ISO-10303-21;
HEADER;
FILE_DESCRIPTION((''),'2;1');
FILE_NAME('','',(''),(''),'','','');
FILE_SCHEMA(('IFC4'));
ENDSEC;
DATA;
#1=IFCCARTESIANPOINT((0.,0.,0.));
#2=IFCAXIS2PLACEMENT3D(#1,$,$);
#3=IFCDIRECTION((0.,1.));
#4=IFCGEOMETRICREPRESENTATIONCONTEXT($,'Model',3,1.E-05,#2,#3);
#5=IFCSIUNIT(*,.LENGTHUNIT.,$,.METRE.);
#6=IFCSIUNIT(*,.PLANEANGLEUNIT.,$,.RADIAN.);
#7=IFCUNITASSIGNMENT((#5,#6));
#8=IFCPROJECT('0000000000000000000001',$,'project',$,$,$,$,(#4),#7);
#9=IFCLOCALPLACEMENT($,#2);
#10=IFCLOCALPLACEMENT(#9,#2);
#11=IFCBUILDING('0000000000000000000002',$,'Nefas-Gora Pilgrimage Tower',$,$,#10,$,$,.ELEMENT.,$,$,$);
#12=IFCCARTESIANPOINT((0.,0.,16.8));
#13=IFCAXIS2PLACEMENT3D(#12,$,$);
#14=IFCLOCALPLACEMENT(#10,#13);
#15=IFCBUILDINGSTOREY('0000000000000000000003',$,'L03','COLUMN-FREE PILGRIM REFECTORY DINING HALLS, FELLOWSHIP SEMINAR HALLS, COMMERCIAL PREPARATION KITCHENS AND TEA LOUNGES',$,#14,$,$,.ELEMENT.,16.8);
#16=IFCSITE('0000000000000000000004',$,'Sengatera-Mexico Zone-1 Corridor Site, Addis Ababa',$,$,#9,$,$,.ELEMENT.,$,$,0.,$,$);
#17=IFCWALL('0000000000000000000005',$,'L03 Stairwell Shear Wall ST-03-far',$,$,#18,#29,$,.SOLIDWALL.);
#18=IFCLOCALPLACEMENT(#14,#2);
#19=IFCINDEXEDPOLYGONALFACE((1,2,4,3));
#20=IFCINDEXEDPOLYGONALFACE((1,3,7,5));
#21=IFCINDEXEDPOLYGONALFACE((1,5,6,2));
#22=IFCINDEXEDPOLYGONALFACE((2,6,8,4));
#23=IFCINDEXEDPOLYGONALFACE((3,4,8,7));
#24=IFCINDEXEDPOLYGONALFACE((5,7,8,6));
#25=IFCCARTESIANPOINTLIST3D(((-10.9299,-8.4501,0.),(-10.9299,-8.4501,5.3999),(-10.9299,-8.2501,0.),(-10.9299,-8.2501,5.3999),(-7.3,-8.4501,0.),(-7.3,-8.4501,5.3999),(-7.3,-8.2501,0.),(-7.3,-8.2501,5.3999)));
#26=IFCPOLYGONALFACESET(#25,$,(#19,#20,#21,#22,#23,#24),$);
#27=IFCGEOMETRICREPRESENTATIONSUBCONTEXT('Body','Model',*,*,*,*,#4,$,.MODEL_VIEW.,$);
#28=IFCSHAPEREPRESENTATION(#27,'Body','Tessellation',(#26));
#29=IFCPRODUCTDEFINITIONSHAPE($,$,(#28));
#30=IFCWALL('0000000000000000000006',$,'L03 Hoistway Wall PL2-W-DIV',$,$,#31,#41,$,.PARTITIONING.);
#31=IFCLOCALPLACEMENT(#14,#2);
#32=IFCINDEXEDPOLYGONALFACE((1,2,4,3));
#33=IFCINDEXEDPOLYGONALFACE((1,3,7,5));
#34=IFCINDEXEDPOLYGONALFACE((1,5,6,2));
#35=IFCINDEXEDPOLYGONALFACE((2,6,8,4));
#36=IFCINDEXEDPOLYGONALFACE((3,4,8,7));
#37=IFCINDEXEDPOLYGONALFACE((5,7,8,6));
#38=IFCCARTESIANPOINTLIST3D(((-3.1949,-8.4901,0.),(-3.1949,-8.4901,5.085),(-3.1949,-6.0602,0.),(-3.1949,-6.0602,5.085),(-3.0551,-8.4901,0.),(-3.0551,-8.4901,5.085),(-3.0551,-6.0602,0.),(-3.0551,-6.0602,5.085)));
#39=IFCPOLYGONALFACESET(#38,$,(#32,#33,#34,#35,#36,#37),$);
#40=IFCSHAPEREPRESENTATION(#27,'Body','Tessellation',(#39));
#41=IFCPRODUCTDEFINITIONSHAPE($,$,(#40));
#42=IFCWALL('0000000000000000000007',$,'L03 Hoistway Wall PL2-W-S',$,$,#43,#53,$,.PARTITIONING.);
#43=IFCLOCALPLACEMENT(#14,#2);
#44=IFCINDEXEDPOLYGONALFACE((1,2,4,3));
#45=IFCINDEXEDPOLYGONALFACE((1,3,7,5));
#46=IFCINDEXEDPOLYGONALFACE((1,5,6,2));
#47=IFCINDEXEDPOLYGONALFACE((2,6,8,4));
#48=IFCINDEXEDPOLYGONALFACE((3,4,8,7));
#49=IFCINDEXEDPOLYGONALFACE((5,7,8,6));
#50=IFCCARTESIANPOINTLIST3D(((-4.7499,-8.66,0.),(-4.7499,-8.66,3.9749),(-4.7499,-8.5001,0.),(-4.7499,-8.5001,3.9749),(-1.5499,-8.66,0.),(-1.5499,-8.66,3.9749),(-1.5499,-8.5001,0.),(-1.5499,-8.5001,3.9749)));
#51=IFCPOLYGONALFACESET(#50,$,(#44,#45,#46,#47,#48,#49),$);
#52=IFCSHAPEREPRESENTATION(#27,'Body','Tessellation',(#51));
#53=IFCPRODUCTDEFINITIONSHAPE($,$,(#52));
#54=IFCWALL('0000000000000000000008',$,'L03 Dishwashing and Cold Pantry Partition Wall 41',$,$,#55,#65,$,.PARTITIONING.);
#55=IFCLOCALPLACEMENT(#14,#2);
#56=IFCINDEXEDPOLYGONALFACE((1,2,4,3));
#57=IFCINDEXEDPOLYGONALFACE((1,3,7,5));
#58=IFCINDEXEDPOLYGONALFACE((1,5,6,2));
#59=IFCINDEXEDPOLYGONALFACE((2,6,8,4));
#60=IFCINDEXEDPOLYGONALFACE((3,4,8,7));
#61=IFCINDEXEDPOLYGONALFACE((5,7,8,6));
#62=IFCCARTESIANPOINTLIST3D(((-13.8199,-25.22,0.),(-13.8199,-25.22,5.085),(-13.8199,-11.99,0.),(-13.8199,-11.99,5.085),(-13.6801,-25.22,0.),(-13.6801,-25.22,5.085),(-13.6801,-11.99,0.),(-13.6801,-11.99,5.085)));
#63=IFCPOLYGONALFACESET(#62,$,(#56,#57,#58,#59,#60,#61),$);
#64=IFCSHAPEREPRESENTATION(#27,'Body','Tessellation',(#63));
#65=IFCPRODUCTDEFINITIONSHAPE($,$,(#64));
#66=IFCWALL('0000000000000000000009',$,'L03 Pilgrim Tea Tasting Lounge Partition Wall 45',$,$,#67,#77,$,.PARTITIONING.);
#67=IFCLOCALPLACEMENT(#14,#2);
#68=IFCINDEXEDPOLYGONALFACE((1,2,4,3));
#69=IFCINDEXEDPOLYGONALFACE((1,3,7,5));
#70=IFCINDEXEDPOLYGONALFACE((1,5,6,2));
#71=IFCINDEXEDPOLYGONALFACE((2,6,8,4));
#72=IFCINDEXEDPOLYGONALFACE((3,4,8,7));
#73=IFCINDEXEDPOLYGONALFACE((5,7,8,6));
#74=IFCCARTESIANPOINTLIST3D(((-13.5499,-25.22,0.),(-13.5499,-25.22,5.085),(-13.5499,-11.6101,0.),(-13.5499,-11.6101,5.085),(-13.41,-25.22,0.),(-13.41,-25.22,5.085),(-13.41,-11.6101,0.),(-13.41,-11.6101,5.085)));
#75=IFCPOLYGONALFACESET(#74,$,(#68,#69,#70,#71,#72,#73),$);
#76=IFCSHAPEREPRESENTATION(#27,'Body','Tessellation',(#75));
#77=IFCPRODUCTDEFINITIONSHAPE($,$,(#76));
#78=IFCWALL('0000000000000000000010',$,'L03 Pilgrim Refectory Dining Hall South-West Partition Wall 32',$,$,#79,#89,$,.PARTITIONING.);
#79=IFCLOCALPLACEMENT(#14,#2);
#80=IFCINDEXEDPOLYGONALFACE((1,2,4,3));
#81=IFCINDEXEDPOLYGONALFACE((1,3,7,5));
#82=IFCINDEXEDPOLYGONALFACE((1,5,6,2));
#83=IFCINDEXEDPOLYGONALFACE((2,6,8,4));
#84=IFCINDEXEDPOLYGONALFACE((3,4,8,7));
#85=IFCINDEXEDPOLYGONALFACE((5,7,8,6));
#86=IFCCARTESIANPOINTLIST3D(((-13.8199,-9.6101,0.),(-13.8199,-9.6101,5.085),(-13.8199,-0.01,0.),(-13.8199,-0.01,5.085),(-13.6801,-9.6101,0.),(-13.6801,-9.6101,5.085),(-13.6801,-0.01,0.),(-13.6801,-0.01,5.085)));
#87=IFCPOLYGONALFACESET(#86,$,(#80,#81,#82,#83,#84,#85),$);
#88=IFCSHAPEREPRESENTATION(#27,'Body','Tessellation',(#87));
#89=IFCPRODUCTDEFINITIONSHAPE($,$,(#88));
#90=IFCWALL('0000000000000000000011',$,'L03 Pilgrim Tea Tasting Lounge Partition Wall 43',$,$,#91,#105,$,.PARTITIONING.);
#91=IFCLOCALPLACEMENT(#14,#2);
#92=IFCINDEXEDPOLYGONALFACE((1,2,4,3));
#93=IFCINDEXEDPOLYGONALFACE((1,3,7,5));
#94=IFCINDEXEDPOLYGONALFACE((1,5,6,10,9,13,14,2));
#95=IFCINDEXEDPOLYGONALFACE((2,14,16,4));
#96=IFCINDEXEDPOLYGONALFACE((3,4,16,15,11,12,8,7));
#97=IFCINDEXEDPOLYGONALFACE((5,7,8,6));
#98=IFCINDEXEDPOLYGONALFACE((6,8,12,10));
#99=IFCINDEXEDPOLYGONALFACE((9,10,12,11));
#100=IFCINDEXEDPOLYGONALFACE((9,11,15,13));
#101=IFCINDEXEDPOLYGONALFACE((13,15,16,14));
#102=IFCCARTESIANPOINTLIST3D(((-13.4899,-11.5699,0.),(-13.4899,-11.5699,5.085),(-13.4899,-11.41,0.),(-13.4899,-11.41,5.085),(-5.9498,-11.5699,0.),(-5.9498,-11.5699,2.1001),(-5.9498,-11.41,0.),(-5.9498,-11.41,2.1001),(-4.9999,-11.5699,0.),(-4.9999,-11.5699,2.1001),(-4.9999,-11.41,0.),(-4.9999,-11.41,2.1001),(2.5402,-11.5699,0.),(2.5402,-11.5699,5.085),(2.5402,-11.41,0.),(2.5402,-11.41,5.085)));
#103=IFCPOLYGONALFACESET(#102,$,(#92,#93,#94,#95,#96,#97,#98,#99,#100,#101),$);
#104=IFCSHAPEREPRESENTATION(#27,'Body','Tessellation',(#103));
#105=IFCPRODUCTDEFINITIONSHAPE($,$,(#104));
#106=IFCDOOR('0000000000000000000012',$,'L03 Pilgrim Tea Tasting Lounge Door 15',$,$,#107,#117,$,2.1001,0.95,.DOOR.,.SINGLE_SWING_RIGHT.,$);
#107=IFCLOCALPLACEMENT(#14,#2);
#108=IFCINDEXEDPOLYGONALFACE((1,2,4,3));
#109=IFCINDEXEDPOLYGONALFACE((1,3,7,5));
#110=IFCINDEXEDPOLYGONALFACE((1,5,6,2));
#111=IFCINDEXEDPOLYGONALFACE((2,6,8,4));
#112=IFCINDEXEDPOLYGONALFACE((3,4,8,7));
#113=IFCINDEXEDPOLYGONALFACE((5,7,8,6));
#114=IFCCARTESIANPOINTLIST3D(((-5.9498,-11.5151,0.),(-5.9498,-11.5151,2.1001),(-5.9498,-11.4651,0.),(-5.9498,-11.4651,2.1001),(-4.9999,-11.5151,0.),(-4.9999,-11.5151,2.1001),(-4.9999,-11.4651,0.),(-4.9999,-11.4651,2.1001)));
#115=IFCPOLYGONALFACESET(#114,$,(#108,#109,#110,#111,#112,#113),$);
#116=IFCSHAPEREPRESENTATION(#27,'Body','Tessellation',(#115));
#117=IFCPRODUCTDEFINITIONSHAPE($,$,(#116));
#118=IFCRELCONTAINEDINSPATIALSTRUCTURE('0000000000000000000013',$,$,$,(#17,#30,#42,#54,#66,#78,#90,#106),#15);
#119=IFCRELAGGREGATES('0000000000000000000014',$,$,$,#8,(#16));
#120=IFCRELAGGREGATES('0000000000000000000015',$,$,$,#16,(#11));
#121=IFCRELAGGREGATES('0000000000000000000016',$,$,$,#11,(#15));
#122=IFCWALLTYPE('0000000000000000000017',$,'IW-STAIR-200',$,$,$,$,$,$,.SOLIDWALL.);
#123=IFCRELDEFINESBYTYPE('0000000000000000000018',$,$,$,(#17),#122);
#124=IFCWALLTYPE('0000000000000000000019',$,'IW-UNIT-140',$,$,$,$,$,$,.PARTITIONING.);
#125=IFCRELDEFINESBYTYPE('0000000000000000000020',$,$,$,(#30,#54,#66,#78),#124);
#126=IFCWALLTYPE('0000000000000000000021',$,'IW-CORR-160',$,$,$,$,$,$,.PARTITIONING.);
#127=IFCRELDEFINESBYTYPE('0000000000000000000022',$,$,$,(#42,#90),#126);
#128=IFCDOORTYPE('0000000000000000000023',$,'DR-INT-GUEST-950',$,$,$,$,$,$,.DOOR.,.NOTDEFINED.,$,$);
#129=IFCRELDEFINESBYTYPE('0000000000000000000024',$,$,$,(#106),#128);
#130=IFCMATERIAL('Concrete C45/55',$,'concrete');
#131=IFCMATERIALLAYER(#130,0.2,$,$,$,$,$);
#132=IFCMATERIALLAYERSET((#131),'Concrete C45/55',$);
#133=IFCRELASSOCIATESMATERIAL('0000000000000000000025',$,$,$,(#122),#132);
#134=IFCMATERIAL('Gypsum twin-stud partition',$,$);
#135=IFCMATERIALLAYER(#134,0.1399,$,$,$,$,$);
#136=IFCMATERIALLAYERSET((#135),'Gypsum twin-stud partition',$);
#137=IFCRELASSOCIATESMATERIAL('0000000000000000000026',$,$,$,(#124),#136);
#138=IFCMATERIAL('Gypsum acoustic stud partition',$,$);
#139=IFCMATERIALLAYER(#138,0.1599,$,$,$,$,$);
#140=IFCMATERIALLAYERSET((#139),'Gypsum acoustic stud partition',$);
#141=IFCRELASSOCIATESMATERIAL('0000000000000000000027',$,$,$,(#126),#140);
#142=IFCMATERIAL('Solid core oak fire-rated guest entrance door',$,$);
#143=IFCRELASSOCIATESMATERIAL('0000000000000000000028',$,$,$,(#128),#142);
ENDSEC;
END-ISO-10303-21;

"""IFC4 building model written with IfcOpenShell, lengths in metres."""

from ifc_helpers import new_model, si_unit, direction, frame, frame_2d, origin, place, context, subcontext, project, spatial, rectangle, extrude, source, transform, mapped, material, layer, layer_set, type_object, element, fill, save


model = new_model("IFC4")

# Units and contexts
model_context = context("Model", 3, precision=1e-05, world=origin(), true_north=direction((0.0, 1.0)))
body_context = subcontext(model_context, "Body", "Model", "MODEL_VIEW")
ifc_project = project(units=[si_unit("LENGTHUNIT", "METRE"), si_unit("PLANEANGLEUNIT", "RADIAN")], contexts=[model_context])

# Site, building, storey
site_placement = place(None, origin())
site = spatial("IfcSite", under=ifc_project, at=site_placement, Name="Sengatera-Mexico Zone-1 Corridor Site, Addis Ababa", CompositionType="ELEMENT", RefElevation=0.0)
building_placement = place(site_placement, origin())
building = spatial("IfcBuilding", under=site, at=building_placement, Name="Nefas-Gora Pilgrimage Tower", CompositionType="ELEMENT")
storey_placement = place(building_placement, frame((0.0, 0.0, 16.8)))
storey = spatial("IfcBuildingStorey", under=building, at=storey_placement, Name="L03", Description="COLUMN-FREE PILGRIM REFECTORY DINING HALLS, FELLOWSHIP SEMINAR HALLS, COMMERCIAL PREPARATION KITCHENS AND TEA LOUNGES", CompositionType="ELEMENT", Elevation=16.8)

# Walls
ifc_material_1 = material(Name="Concrete C45/55", Category="concrete")
ifc_layer_1 = layer(ifc_material_1, 0.2)
ifc_layer_set_1 = layer_set([ifc_layer_1], Name="Concrete C45/55")
wall_type_1 = type_object("IfcWallType", Name="IW-STAIR-200", PredefinedType="SOLIDWALL", material=ifc_layer_set_1)
shared_shape_1 = source(origin(), body_context, "Body", "SweptSolid", [
    extrude(rectangle(XDim=3.6299, YDim=0.2, at=frame_2d((1.8149, 0.0))), origin(), (0.0, 0.0, 1.0), 5.3999),
])
wall_1_placement = place(storey_placement, frame((-10.9299, -8.3501, 0.0), z_axis=(0.0, 0.0, 1.0), x_axis=(1.0, 0.0, 0.0)))
element("IfcWall", 1, at=wall_1_placement, inside=storey, type_object=wall_type_1, Name="L03 Stairwell Shear Wall ST-03-far", PredefinedType="SOLIDWALL", context=body_context, shape_type="MappedRepresentation", body=[
    mapped(shared_shape_1, transform((0.0, 0.0, 0.0), x_axis=(1.0, 0.0, 0.0), y_axis=(0.0, 1.0, 0.0), z_axis=(0.0, 0.0, 1.0), scale=1.0)),
])
ifc_material_2 = material(Name="Gypsum twin-stud partition")
ifc_layer_2 = layer(ifc_material_2, 0.1399)
ifc_layer_set_2 = layer_set([ifc_layer_2], Name="Gypsum twin-stud partition")
wall_type_2 = type_object("IfcWallType", Name="IW-UNIT-140", PredefinedType="PARTITIONING", material=ifc_layer_set_2)
shared_shape_2 = source(origin(), body_context, "Body", "SweptSolid", [
    extrude(rectangle(XDim=2.4299, YDim=0.1399, at=frame_2d((1.2148, 0.0))), origin(), (0.0, 0.0, 1.0), 5.085),
])
wall_2_placement = place(storey_placement, frame((-3.125, -8.49, 0.0), z_axis=(0.0, 0.0, 1.0), x_axis=(0.0, 1.0, 0.0)))
element("IfcWall", 2, at=wall_2_placement, inside=storey, type_object=wall_type_2, Name="L03 Hoistway Wall PL2-W-DIV", PredefinedType="PARTITIONING", context=body_context, shape_type="MappedRepresentation", body=[
    mapped(shared_shape_2, transform((0.0, 0.0, 0.0), x_axis=(1.0, 0.0, 0.0), y_axis=(0.0, 1.0, 0.0), z_axis=(0.0, 0.0, 1.0), scale=1.0)),
])
ifc_material_3 = material(Name="Gypsum acoustic stud partition")
ifc_layer_3 = layer(ifc_material_3, 0.1599)
ifc_layer_set_3 = layer_set([ifc_layer_3], Name="Gypsum acoustic stud partition")
wall_type_3 = type_object("IfcWallType", Name="IW-CORR-160", PredefinedType="PARTITIONING", material=ifc_layer_set_3)
shared_shape_3 = source(origin(), body_context, "Body", "SweptSolid", [
    extrude(rectangle(XDim=3.2, YDim=0.1599, at=frame_2d((1.6001, 0.0))), origin(), (0.0, 0.0, 1.0), 3.9749),
])
wall_3_placement = place(storey_placement, frame((-4.75, -8.5801, 0.0), z_axis=(0.0, 0.0, 1.0), x_axis=(1.0, 0.0, 0.0)))
element("IfcWall", 3, at=wall_3_placement, inside=storey, type_object=wall_type_3, Name="L03 Hoistway Wall PL2-W-S", PredefinedType="PARTITIONING", context=body_context, shape_type="MappedRepresentation", body=[
    mapped(shared_shape_3, transform((0.0, 0.0, 0.0), x_axis=(1.0, 0.0, 0.0), y_axis=(0.0, 1.0, 0.0), z_axis=(0.0, 0.0, 1.0), scale=1.0)),
])
shared_shape_4 = source(origin(), body_context, "Body", "SweptSolid", [
    extrude(rectangle(XDim=13.23, YDim=0.1399, at=frame_2d((6.615, 0.0))), origin(), (0.0, 0.0, 1.0), 5.085),
])
wall_4_placement = place(storey_placement, frame((-13.75, -25.22, 0.0), z_axis=(0.0, 0.0, 1.0), x_axis=(0.0, 1.0, 0.0)))
element("IfcWall", 4, at=wall_4_placement, inside=storey, type_object=wall_type_2, Name="L03 Dishwashing and Cold Pantry Partition Wall 41", PredefinedType="PARTITIONING", context=body_context, shape_type="MappedRepresentation", body=[
    mapped(shared_shape_4, transform((0.0, 0.0, 0.0), x_axis=(1.0, 0.0, 0.0), y_axis=(0.0, 1.0, 0.0), z_axis=(0.0, 0.0, 1.0), scale=1.0)),
])
shared_shape_5 = source(origin(), body_context, "Body", "SweptSolid", [
    extrude(rectangle(XDim=13.6099, YDim=0.1399, at=frame_2d((6.8049, 0.0))), origin(), (0.0, 0.0, 1.0), 5.085),
])
wall_5_placement = place(storey_placement, frame((-13.48, -25.22, 0.0), z_axis=(0.0, 0.0, 1.0), x_axis=(0.0, 1.0, 0.0)))
element("IfcWall", 5, at=wall_5_placement, inside=storey, type_object=wall_type_2, Name="L03 Pilgrim Tea Tasting Lounge Partition Wall 45", PredefinedType="PARTITIONING", context=body_context, shape_type="MappedRepresentation", body=[
    mapped(shared_shape_5, transform((0.0, 0.0, 0.0), x_axis=(1.0, 0.0, 0.0), y_axis=(0.0, 1.0, 0.0), z_axis=(0.0, 0.0, 1.0), scale=1.0)),
])
shared_shape_6 = source(origin(), body_context, "Body", "SweptSolid", [
    extrude(rectangle(XDim=9.6001, YDim=0.1399, at=frame_2d((4.8, 0.0))), origin(), (0.0, 0.0, 1.0), 5.085),
])
wall_6_placement = place(storey_placement, frame((-13.75, -9.6101, 0.0), z_axis=(0.0, 0.0, 1.0), x_axis=(0.0, 1.0, 0.0)))
element("IfcWall", 6, at=wall_6_placement, inside=storey, type_object=wall_type_2, Name="L03 Pilgrim Refectory Dining Hall South-West Partition Wall 32", PredefinedType="PARTITIONING", context=body_context, shape_type="MappedRepresentation", body=[
    mapped(shared_shape_6, transform((0.0, 0.0, 0.0), x_axis=(1.0, 0.0, 0.0), y_axis=(0.0, 1.0, 0.0), z_axis=(0.0, 0.0, 1.0), scale=1.0)),
])

# Wall, opening, door
shared_shape_7 = source(origin(), body_context, "Body", "SweptSolid", [
    extrude(rectangle(XDim=16.03, YDim=0.1599, at=frame_2d((8.0151, 0.0))), origin(), (0.0, 0.0, 1.0), 5.085),
])
wall_7_placement = place(storey_placement, frame((-13.49, -11.49, 0.0), z_axis=(0.0, 0.0, 1.0), x_axis=(1.0, 0.0, 0.0)))
wall_7 = element("IfcWall", 7, at=wall_7_placement, inside=storey, type_object=wall_type_3, Name="L03 Pilgrim Tea Tasting Lounge Partition Wall 43", PredefinedType="PARTITIONING", context=body_context, shape_type="MappedRepresentation", body=[
    mapped(shared_shape_7, transform((0.0, 0.0, 0.0), x_axis=(1.0, 0.0, 0.0), y_axis=(0.0, 1.0, 0.0), z_axis=(0.0, 0.0, 1.0), scale=1.0)),
])
opening_placement = place(wall_7_placement, frame((7.54, 0.0, 0.0)))
opening = element("IfcOpeningElement", 8, at=opening_placement, cuts=wall_7, PredefinedType="OPENING", context=body_context, shape_type="SweptSolid", body=[
    extrude(rectangle(XDim=0.95, YDim=2.1001, at=frame_2d((0.4751, 1.05))), frame((0.0, 0.0898, 0.0), z_axis=(0.0, -1.0, 0.0), x_axis=(1.0, 0.0, 0.0)), (0.0, 0.0, 1.0), 0.1799),
])
ifc_material_4 = material(Name="Solid core oak fire-rated guest entrance door")
door_type = type_object("IfcDoorType", Name="DR-INT-GUEST-950", OperationType="NOTDEFINED", PredefinedType="DOOR", material=ifc_material_4)
shared_shape_8 = source(origin(), body_context, "Body", "SweptSolid", [
    extrude(rectangle(XDim=0.95, YDim=2.1001, at=frame_2d((0.4751, 1.05))), frame((0.0, 0.0249, 0.0), z_axis=(0.0, -1.0, 0.0), x_axis=(1.0, 0.0, 0.0)), (0.0, 0.0, 1.0), 0.05),
])
door_placement = place(opening_placement, origin())
door = element("IfcDoor", 9, at=door_placement, inside=storey, type_object=door_type, Name="L03 Pilgrim Tea Tasting Lounge Door 15", OperationType="SINGLE_SWING_RIGHT", OverallHeight=2.1001, OverallWidth=0.95, PredefinedType="DOOR", context=body_context, shape_type="MappedRepresentation", body=[
    mapped(shared_shape_8, transform((0.0, 0.0, 0.0), x_axis=(1.0, 0.0, 0.0), y_axis=(0.0, 1.0, 0.0), z_axis=(0.0, 0.0, 1.0), scale=1.0)),
])
fill(opening, door)

save(model, "model.ifc")
